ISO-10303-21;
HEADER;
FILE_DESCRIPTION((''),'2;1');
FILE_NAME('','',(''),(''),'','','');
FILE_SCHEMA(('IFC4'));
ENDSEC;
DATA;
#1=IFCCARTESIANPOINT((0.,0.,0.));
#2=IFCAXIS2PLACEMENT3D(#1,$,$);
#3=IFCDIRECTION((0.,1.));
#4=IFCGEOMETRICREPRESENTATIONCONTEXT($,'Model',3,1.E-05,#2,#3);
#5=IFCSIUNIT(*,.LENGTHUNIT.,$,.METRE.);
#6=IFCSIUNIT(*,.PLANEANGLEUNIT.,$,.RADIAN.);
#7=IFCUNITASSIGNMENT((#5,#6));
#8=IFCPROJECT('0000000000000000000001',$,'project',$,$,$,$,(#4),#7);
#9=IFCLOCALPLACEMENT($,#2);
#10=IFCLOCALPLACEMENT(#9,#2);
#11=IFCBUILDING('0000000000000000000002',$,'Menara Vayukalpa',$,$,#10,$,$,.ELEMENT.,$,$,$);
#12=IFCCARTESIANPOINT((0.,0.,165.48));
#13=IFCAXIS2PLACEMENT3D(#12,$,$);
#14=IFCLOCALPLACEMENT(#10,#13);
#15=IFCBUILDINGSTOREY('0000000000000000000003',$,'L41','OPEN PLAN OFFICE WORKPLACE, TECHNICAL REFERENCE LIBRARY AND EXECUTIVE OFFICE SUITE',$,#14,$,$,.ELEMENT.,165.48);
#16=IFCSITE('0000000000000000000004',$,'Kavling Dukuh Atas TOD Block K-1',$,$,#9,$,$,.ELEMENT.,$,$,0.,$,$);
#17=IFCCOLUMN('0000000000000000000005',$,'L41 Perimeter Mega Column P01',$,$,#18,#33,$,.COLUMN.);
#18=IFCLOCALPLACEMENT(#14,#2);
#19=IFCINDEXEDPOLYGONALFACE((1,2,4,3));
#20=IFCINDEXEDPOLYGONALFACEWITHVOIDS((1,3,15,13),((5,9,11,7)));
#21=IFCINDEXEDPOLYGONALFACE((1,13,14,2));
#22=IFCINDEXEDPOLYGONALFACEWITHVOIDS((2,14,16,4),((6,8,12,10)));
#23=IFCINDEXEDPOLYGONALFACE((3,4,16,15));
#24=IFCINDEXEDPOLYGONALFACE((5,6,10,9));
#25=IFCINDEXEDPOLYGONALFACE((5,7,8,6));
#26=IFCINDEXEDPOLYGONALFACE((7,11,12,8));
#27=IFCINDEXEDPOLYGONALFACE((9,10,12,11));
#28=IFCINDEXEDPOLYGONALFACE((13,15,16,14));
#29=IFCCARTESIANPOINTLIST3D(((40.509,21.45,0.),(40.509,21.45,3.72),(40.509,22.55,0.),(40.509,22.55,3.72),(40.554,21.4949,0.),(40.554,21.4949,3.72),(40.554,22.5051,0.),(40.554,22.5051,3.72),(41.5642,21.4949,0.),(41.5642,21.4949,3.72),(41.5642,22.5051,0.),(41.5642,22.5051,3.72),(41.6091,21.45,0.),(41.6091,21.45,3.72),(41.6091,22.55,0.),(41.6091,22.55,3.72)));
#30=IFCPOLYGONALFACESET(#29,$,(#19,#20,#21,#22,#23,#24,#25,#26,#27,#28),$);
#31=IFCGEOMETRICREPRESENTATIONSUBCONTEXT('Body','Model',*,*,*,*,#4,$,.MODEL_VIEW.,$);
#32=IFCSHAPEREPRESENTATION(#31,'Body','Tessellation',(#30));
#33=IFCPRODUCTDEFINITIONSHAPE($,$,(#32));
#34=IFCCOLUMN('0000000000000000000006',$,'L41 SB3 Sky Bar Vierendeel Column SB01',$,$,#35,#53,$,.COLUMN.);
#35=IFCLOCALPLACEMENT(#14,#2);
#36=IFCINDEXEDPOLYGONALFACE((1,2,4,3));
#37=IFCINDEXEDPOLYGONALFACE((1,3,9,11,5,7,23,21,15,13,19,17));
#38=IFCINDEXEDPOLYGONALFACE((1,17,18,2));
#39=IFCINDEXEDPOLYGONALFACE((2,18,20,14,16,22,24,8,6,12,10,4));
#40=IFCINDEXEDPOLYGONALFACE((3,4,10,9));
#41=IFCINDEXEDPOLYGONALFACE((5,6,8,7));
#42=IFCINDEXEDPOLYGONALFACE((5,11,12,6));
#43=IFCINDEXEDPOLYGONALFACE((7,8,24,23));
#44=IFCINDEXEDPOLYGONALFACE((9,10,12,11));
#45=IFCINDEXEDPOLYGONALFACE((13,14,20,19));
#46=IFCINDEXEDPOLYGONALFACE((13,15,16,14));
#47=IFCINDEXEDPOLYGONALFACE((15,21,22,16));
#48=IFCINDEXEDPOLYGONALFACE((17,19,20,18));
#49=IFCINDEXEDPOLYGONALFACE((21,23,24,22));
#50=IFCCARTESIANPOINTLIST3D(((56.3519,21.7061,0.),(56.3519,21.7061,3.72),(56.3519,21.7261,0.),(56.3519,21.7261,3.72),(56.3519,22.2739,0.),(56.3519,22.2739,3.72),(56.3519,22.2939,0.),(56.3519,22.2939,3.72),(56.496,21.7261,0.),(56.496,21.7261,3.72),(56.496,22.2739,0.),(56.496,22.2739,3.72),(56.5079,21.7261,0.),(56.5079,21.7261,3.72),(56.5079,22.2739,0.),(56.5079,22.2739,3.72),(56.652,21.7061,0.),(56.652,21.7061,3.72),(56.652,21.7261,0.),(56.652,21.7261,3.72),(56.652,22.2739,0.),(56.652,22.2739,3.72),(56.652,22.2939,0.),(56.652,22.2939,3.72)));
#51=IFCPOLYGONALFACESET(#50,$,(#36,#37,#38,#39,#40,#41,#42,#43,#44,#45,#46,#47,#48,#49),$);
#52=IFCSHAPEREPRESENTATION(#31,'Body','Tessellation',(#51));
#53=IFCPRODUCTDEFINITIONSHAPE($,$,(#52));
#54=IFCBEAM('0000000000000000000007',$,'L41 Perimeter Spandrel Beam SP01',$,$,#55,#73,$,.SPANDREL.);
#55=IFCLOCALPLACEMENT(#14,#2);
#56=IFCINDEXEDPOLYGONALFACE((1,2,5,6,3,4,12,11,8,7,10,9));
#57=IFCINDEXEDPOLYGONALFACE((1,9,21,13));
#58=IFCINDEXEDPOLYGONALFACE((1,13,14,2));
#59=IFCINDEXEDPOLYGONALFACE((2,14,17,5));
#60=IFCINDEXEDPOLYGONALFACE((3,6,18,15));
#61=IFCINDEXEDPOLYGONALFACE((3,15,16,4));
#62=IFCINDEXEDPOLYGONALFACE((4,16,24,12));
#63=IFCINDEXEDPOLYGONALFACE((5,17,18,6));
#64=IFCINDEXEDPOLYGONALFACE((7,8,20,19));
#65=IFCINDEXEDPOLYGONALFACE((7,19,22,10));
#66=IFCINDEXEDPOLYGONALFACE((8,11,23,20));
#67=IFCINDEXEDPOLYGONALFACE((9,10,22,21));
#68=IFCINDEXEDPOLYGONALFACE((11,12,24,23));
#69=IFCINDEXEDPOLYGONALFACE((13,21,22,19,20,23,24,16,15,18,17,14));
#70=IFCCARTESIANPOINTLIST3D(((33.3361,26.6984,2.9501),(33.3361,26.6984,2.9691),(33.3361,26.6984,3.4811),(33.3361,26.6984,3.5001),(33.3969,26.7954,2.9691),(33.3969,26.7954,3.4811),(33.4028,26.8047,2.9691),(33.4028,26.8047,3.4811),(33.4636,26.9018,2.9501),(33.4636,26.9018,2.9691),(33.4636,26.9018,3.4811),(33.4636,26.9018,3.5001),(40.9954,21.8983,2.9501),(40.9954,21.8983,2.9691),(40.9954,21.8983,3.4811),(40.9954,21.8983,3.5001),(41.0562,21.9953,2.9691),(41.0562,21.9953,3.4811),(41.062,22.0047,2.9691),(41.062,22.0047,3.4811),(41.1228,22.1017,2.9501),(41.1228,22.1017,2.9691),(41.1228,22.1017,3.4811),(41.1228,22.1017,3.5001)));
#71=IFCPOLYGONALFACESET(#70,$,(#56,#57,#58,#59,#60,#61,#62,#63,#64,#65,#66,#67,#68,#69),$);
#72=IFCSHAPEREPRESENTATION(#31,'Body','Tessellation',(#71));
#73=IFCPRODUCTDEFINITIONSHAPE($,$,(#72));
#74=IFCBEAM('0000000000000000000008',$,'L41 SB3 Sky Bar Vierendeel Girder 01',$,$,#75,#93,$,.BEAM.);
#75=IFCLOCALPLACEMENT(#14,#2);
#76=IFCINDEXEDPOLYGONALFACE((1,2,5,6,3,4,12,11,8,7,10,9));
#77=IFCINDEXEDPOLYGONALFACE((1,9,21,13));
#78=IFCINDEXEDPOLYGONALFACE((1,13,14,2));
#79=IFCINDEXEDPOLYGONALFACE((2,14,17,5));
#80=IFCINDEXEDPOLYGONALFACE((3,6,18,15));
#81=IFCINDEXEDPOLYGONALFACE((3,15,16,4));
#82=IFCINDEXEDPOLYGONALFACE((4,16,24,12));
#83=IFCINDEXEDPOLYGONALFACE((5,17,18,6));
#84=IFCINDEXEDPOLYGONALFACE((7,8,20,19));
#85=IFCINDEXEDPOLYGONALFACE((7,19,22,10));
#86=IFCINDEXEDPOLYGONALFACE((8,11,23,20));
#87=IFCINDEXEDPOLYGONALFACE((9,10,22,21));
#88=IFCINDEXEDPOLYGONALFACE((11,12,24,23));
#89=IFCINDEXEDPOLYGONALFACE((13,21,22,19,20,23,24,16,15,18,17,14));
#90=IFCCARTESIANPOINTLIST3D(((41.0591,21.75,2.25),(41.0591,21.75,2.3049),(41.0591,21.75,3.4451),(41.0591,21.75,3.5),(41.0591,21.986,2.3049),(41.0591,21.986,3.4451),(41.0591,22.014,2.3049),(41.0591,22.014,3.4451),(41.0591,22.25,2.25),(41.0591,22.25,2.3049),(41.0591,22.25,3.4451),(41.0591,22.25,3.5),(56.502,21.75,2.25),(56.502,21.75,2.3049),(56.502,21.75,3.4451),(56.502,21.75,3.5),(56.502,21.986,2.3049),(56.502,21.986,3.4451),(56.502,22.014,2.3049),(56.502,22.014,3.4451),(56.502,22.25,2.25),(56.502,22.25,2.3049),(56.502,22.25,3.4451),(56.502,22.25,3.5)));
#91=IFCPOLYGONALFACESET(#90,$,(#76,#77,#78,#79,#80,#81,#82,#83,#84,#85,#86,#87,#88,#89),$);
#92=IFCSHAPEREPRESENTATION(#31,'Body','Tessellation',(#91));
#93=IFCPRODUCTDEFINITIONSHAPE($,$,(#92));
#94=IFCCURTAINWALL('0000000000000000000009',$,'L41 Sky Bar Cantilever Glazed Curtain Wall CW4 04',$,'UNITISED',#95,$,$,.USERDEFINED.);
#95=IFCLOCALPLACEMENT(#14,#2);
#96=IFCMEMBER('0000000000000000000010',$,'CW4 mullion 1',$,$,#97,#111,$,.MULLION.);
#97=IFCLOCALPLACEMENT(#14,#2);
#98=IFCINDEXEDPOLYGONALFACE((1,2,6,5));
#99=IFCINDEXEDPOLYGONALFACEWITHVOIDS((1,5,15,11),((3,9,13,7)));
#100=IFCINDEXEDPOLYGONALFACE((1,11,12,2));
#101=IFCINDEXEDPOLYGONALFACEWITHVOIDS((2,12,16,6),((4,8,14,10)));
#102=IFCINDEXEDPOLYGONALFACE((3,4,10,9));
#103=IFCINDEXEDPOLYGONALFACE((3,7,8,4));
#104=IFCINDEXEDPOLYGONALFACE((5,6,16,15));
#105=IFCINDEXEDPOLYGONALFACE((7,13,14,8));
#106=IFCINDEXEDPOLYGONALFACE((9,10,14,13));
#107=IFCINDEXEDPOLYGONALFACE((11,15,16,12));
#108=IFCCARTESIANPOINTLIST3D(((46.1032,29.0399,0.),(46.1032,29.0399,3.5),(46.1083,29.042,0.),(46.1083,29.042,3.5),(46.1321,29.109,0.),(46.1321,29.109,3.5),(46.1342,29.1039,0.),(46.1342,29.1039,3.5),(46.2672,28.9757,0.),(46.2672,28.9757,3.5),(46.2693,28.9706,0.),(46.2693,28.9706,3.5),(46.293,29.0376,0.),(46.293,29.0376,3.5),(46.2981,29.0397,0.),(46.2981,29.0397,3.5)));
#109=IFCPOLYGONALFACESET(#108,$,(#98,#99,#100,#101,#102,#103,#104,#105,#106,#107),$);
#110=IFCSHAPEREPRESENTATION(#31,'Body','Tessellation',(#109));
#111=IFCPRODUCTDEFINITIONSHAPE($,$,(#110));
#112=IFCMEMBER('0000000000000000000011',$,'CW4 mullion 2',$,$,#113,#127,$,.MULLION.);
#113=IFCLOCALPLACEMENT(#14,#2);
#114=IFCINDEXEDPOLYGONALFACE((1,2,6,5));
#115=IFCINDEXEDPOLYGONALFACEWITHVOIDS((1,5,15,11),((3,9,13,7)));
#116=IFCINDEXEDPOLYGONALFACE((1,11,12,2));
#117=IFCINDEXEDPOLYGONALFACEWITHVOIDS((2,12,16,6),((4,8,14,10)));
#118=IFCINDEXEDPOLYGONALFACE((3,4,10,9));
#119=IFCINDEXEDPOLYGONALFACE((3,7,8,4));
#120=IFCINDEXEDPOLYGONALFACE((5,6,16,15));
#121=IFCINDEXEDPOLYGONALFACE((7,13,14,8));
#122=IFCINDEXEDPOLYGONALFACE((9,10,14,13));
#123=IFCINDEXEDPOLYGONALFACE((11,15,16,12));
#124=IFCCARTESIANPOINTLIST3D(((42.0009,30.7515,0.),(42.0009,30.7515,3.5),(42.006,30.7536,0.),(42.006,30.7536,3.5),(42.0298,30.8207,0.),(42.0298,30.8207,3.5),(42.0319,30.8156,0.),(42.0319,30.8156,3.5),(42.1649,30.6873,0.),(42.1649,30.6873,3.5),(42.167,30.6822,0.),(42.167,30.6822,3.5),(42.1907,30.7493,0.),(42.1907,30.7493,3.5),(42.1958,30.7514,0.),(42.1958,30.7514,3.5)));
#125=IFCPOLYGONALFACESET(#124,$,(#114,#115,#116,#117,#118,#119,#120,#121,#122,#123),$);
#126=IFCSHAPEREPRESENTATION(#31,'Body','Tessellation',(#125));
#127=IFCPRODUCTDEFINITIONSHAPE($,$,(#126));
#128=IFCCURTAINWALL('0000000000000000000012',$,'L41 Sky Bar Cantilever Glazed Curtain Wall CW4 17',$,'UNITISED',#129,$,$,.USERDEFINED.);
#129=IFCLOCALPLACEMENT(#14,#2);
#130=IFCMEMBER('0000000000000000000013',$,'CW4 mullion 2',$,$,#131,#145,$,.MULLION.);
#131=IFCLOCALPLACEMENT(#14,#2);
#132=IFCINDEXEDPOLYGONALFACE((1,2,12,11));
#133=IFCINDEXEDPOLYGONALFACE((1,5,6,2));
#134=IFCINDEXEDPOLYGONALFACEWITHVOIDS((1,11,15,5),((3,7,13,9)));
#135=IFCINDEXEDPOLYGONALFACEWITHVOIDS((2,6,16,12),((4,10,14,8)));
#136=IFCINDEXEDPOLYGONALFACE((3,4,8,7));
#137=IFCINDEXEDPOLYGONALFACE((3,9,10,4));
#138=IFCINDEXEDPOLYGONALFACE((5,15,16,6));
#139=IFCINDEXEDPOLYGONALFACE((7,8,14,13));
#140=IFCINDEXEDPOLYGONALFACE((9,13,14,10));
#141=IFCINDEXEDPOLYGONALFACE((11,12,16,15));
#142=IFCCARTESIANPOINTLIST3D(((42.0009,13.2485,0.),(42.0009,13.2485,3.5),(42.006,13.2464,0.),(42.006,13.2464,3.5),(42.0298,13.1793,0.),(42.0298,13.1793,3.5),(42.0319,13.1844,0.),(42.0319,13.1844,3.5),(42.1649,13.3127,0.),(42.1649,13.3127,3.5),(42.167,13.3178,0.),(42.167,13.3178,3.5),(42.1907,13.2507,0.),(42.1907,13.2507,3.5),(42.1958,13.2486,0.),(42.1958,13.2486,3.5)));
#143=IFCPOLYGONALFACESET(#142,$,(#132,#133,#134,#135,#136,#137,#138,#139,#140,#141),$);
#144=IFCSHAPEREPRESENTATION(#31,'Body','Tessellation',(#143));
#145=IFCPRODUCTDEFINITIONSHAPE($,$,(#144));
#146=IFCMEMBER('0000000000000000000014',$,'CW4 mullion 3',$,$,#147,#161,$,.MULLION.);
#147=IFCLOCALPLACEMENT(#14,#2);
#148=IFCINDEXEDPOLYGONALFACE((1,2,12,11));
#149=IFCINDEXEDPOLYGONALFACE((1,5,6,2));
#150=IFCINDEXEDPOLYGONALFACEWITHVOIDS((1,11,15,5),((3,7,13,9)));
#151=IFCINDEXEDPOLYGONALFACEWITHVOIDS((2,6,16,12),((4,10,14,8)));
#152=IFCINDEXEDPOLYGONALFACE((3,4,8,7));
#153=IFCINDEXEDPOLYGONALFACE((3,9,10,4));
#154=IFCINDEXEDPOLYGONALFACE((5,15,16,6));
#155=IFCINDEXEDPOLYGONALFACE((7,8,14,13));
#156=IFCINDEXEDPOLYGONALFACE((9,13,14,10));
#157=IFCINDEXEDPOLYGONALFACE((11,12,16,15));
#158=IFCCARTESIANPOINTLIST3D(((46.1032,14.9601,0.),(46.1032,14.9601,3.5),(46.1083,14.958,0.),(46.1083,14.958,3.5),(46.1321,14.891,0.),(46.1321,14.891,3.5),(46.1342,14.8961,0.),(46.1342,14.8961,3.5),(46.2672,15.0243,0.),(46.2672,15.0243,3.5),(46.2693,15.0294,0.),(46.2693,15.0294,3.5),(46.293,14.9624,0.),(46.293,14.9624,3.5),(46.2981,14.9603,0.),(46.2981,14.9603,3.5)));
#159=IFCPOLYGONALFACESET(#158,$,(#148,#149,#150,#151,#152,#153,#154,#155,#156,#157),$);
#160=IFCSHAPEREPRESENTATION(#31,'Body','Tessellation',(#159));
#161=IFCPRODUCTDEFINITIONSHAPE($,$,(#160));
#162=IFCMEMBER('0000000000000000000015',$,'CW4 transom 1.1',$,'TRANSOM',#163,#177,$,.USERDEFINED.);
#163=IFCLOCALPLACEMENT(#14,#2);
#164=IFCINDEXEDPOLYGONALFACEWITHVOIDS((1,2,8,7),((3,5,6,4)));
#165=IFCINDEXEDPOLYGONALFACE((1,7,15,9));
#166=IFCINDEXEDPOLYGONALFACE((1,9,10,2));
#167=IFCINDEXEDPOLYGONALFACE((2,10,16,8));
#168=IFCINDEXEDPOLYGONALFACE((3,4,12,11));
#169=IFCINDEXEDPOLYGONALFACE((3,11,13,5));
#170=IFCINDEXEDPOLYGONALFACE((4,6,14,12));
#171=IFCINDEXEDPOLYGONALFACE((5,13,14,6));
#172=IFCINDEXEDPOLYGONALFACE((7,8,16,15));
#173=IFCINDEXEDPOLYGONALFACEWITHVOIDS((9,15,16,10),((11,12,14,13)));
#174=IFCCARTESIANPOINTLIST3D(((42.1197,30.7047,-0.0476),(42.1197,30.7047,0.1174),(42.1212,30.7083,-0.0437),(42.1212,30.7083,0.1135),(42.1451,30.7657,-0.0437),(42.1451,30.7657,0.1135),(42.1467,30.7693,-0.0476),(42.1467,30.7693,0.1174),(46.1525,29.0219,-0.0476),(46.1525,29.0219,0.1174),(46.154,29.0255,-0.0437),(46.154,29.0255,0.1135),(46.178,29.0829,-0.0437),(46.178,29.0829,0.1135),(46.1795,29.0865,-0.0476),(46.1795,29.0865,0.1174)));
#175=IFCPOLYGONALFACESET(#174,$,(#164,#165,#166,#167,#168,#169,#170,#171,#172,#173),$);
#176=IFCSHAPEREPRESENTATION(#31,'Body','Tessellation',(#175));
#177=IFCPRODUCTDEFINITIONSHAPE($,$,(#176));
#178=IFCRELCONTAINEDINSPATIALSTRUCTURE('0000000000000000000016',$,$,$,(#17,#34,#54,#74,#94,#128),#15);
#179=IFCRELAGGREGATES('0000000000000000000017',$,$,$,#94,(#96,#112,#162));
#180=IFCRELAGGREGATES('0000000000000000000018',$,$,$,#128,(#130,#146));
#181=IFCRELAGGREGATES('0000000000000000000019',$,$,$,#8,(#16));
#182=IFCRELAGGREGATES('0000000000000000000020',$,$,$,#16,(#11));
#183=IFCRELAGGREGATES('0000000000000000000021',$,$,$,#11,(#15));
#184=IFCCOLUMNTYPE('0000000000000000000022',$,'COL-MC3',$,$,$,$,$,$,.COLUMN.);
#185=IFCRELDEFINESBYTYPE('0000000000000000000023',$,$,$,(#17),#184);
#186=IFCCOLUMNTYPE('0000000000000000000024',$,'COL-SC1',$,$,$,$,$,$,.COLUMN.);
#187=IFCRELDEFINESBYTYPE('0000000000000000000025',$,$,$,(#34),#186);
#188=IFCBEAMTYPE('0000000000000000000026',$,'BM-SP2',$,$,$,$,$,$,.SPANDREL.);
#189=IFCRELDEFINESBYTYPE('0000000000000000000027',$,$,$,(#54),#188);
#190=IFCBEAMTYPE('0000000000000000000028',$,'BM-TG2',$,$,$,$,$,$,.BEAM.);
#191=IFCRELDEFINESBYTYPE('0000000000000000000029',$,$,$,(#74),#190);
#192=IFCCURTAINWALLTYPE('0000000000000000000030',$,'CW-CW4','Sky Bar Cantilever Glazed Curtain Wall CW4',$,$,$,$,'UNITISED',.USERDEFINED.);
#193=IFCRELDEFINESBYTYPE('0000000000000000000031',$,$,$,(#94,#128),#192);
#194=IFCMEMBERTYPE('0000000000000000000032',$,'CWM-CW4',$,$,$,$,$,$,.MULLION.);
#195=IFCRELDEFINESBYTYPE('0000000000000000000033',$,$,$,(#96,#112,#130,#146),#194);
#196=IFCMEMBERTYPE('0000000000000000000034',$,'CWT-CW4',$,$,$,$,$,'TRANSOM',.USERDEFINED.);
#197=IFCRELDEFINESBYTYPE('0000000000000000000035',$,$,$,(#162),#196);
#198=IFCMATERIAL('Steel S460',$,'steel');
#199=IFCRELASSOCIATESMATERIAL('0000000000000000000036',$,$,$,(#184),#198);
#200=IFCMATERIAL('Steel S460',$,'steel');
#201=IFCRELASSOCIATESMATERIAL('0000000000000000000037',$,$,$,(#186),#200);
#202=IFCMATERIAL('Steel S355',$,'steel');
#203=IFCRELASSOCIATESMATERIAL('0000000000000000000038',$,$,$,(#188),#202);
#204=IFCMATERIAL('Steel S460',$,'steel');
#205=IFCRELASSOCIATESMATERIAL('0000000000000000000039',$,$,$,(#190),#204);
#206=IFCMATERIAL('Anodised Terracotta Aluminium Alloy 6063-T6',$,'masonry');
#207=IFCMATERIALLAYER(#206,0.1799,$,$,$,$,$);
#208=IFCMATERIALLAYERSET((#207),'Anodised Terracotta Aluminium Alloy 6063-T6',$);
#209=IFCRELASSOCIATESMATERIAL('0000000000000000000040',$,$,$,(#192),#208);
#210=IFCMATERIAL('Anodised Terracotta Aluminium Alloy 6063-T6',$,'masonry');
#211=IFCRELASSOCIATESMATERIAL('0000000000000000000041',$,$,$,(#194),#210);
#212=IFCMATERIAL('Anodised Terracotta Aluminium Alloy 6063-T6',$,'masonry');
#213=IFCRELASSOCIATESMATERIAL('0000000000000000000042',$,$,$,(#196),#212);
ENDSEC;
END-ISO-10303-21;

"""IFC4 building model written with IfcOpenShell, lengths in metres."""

from ifc_helpers import new_model, si_unit, direction, frame, origin, origin_2d, place, context, subcontext, project, spatial, hollow_rectangle, i_section, extrude, material, layer, layer_set, material_profile, profile_set, type_object, element, aggregate, save


model = new_model("IFC4")

# Units and contexts
model_context = context("Model", 3, precision=1e-05, world=origin(), true_north=direction((0.0, 1.0)))
body_context = subcontext(model_context, "Body", "Model", "MODEL_VIEW")
ifc_project = project(units=[si_unit("LENGTHUNIT", "METRE"), si_unit("PLANEANGLEUNIT", "RADIAN")], contexts=[model_context])

# Site, building, storey
site_placement = place(None, origin())
site = spatial("IfcSite", under=ifc_project, at=site_placement, Name="Kavling Dukuh Atas TOD Block K-1", CompositionType="ELEMENT", RefElevation=0.0)
building_placement = place(site_placement, origin())
building = spatial("IfcBuilding", under=site, at=building_placement, Name="Menara Vayukalpa", CompositionType="ELEMENT")
storey_placement = place(building_placement, frame((0.0, 0.0, 165.48)))
storey = spatial("IfcBuildingStorey", under=building, at=storey_placement, Name="L41", Description="OPEN PLAN OFFICE WORKPLACE, TECHNICAL REFERENCE LIBRARY AND EXECUTIVE OFFICE SUITE", CompositionType="ELEMENT", Elevation=165.48)

# Columns
ifc_material_1 = material(Name="Steel S460", Category="steel")
ifc_material_profile_1 = material_profile(ifc_material_1, hollow_rectangle(XDim=1.1001, YDim=1.1001, WallThickness=0.0449, at=origin_2d()), Name="BOX 1100x1100x45")
ifc_profile_set_1 = profile_set([ifc_material_profile_1], Name="Steel S460")
column_type_1 = type_object("IfcColumnType", Name="COL-MC3", PredefinedType="COLUMN", material=ifc_profile_set_1)
column_1_placement = place(storey_placement, frame((41.0591, 22.0, 0.0), z_axis=(0.0, 0.0, 1.0), x_axis=(1.0, 0.0, 0.0)))
element("IfcColumn", 1, at=column_1_placement, inside=storey, type_object=column_type_1, Name="L41 Perimeter Mega Column P01", PredefinedType="COLUMN", context=body_context, shape_type="SweptSolid", body=[
    extrude(hollow_rectangle(XDim=1.1001, YDim=1.1001, WallThickness=0.0449, at=origin_2d()), origin(), (0.0, 0.0, 1.0), 3.72),
])
ifc_material_2 = material(Name="Steel S460", Category="steel")
ifc_material_profile_2 = material_profile(ifc_material_2, i_section(OverallWidth=0.3, OverallDepth=0.5879, WebThickness=0.012, FlangeThickness=0.02, at=origin_2d()), Name="H 588x300x12x20")
ifc_profile_set_2 = profile_set([ifc_material_profile_2], Name="Steel S460")
column_type_2 = type_object("IfcColumnType", Name="COL-SC1", PredefinedType="COLUMN", material=ifc_profile_set_2)
column_2_placement = place(storey_placement, frame((56.502, 22.0, 0.0), z_axis=(0.0, 0.0, 1.0), x_axis=(1.0, 0.0, 0.0)))
element("IfcColumn", 2, at=column_2_placement, inside=storey, type_object=column_type_2, Name="L41 SB3 Sky Bar Vierendeel Column SB01", PredefinedType="COLUMN", context=body_context, shape_type="SweptSolid", body=[
    extrude(i_section(OverallWidth=0.3, OverallDepth=0.5879, WebThickness=0.012, FlangeThickness=0.02, at=origin_2d()), origin(), (0.0, 0.0, 1.0), 3.72),
])

# Beams
ifc_material_3 = material(Name="Steel S355", Category="steel")
ifc_material_profile_3 = material_profile(ifc_material_3, i_section(OverallWidth=0.24, OverallDepth=0.55, WebThickness=0.011, FlangeThickness=0.019, at=origin_2d()), Name="WF 550x240x11x19")
ifc_profile_set_3 = profile_set([ifc_material_profile_3], Name="Steel S355")
beam_type_1 = type_object("IfcBeamType", Name="BM-SP2", PredefinedType="SPANDREL", material=ifc_profile_set_3)
beam_1_placement = place(storey_placement, frame((41.0591, 22.0, 3.2251), z_axis=(-0.847348, 0.531038, 0.0), x_axis=(-0.531038, -0.847348, 0.0)))
element("IfcBeam", 3, at=beam_1_placement, inside=storey, type_object=beam_type_1, Name="L41 Perimeter Spandrel Beam SP01", PredefinedType="SPANDREL", context=body_context, shape_type="SweptSolid", body=[
    extrude(i_section(OverallWidth=0.24, OverallDepth=0.55, WebThickness=0.011, FlangeThickness=0.019, at=origin_2d()), origin(), (0.0, 0.0, 1.0), 9.0391),
])
ifc_material_4 = material(Name="Steel S460", Category="steel")
ifc_material_profile_4 = material_profile(ifc_material_4, i_section(OverallWidth=0.5, OverallDepth=1.25, WebThickness=0.0281, FlangeThickness=0.0549, at=origin_2d()), Name="WG 1250x500x28x55")
ifc_profile_set_4 = profile_set([ifc_material_profile_4], Name="Steel S460")
beam_type_2 = type_object("IfcBeamType", Name="BM-TG2", PredefinedType="BEAM", material=ifc_profile_set_4)
beam_2_placement = place(storey_placement, frame((41.0591, 22.0, 2.875), z_axis=(1.0, 0.0, 0.0), x_axis=(0.0, 1.0, 0.0)))
element("IfcBeam", 4, at=beam_2_placement, inside=storey, type_object=beam_type_2, Name="L41 SB3 Sky Bar Vierendeel Girder 01", PredefinedType="BEAM", context=body_context, shape_type="SweptSolid", body=[
    extrude(i_section(OverallWidth=0.5, OverallDepth=1.25, WebThickness=0.0281, FlangeThickness=0.0549, at=origin_2d()), origin(), (0.0, 0.0, 1.0), 15.4429),
])

# Curtain walls, members
ifc_material_5 = material(Name="Anodised Terracotta Aluminium Alloy 6063-T6", Category="masonry")
ifc_layer_1 = layer(ifc_material_5, 0.1799)
ifc_layer_set_1 = layer_set([ifc_layer_1], Name="Anodised Terracotta Aluminium Alloy 6063-T6")
curtain_wall_type = type_object("IfcCurtainWallType", Name="CW-CW4", Description="Sky Bar Cantilever Glazed Curtain Wall CW4", ElementType="UNITISED", PredefinedType="USERDEFINED", material=ifc_layer_set_1)
curtain_wall_1_placement = place(storey_placement, origin())
curtain_wall_1 = element("IfcCurtainWall", 5, at=curtain_wall_1_placement, inside=storey, type_object=curtain_wall_type, Name="L41 Sky Bar Cantilever Glazed Curtain Wall CW4 04", ObjectType="UNITISED", PredefinedType="USERDEFINED")
ifc_material_6 = material(Name="Anodised Terracotta Aluminium Alloy 6063-T6", Category="masonry")
ifc_material_profile_5 = material_profile(ifc_material_6, hollow_rectangle(XDim=0.075, YDim=0.1799, WallThickness=0.0039, at=origin_2d()), Name="ALU 75x180x4")
ifc_profile_set_5 = profile_set([ifc_material_profile_5], Name="Anodised Terracotta Aluminium Alloy 6063-T6")
member_type_1 = type_object("IfcMemberType", Name="CWM-CW4", PredefinedType="MULLION", material=ifc_profile_set_5)
member_1_placement = place(storey_placement, frame((46.2007, 29.0398, 0.0), z_axis=(0.0, 0.0, 1.0), x_axis=(-0.385091, -0.922878, 0.0)))
member_1 = element("IfcMember", 6, at=member_1_placement, type_object=member_type_1, Name="CW4 mullion 1", PredefinedType="MULLION", context=body_context, shape_type="SweptSolid", body=[
    extrude(hollow_rectangle(XDim=0.075, YDim=0.1799, WallThickness=0.0039, at=origin_2d()), origin(), (0.0, 0.0, 1.0), 3.5),
])
member_2_placement = place(storey_placement, frame((42.0984, 30.7515, 0.0), z_axis=(0.0, 0.0, 1.0), x_axis=(-0.385091, -0.922878, 0.0)))
member_2 = element("IfcMember", 7, at=member_2_placement, type_object=member_type_1, Name="CW4 mullion 2", PredefinedType="MULLION", context=body_context, shape_type="SweptSolid", body=[
    extrude(hollow_rectangle(XDim=0.075, YDim=0.1799, WallThickness=0.0039, at=origin_2d()), origin(), (0.0, 0.0, 1.0), 3.5),
])
curtain_wall_2_placement = place(storey_placement, origin())
curtain_wall_2 = element("IfcCurtainWall", 8, at=curtain_wall_2_placement, inside=storey, type_object=curtain_wall_type, Name="L41 Sky Bar Cantilever Glazed Curtain Wall CW4 17", ObjectType="UNITISED", PredefinedType="USERDEFINED")
member_3_placement = place(storey_placement, frame((42.0984, 13.2485, 0.0), z_axis=(0.0, 0.0, 1.0), x_axis=(-0.385091, 0.922878, 0.0)))
member_3 = element("IfcMember", 9, at=member_3_placement, type_object=member_type_1, Name="CW4 mullion 2", PredefinedType="MULLION", context=body_context, shape_type="SweptSolid", body=[
    extrude(hollow_rectangle(XDim=0.075, YDim=0.1799, WallThickness=0.0039, at=origin_2d()), origin(), (0.0, 0.0, 1.0), 3.5),
])
member_4_placement = place(storey_placement, frame((46.2007, 14.9602, 0.0), z_axis=(0.0, 0.0, 1.0), x_axis=(-0.385091, 0.922878, 0.0)))
member_4 = element("IfcMember", 10, at=member_4_placement, type_object=member_type_1, Name="CW4 mullion 3", PredefinedType="MULLION", context=body_context, shape_type="SweptSolid", body=[
    extrude(hollow_rectangle(XDim=0.075, YDim=0.1799, WallThickness=0.0039, at=origin_2d()), origin(), (0.0, 0.0, 1.0), 3.5),
])

# Member
ifc_material_7 = material(Name="Anodised Terracotta Aluminium Alloy 6063-T6", Category="masonry")
ifc_material_profile_6 = material_profile(ifc_material_7, hollow_rectangle(XDim=0.0701, YDim=0.165, WallThickness=0.0039, at=origin_2d()), Name="ALU 70x165x4")
ifc_profile_set_6 = profile_set([ifc_material_profile_6], Name="Anodised Terracotta Aluminium Alloy 6063-T6")
member_type_2 = type_object("IfcMemberType", Name="CWT-CW4", ElementType="TRANSOM", PredefinedType="USERDEFINED", material=ifc_profile_set_6)
member_5_placement = place(storey_placement, frame((46.166, 29.0542, 0.0349), z_axis=(-0.922877, 0.385095, 0.0), x_axis=(-0.385095, -0.922877, 0.0)))
member_5 = element("IfcMember", 11, at=member_5_placement, type_object=member_type_2, Name="CW4 transom 1.1", ObjectType="TRANSOM", PredefinedType="USERDEFINED", context=body_context, shape_type="SweptSolid", body=[
    extrude(hollow_rectangle(XDim=0.0701, YDim=0.165, WallThickness=0.0039, at=origin_2d()), origin(), (0.0, 0.0, 1.0), 4.3699),
])

aggregate(curtain_wall_1, [member_1, member_2, member_5])
aggregate(curtain_wall_2, [member_3, member_4])

save(model, "model.ifc")
